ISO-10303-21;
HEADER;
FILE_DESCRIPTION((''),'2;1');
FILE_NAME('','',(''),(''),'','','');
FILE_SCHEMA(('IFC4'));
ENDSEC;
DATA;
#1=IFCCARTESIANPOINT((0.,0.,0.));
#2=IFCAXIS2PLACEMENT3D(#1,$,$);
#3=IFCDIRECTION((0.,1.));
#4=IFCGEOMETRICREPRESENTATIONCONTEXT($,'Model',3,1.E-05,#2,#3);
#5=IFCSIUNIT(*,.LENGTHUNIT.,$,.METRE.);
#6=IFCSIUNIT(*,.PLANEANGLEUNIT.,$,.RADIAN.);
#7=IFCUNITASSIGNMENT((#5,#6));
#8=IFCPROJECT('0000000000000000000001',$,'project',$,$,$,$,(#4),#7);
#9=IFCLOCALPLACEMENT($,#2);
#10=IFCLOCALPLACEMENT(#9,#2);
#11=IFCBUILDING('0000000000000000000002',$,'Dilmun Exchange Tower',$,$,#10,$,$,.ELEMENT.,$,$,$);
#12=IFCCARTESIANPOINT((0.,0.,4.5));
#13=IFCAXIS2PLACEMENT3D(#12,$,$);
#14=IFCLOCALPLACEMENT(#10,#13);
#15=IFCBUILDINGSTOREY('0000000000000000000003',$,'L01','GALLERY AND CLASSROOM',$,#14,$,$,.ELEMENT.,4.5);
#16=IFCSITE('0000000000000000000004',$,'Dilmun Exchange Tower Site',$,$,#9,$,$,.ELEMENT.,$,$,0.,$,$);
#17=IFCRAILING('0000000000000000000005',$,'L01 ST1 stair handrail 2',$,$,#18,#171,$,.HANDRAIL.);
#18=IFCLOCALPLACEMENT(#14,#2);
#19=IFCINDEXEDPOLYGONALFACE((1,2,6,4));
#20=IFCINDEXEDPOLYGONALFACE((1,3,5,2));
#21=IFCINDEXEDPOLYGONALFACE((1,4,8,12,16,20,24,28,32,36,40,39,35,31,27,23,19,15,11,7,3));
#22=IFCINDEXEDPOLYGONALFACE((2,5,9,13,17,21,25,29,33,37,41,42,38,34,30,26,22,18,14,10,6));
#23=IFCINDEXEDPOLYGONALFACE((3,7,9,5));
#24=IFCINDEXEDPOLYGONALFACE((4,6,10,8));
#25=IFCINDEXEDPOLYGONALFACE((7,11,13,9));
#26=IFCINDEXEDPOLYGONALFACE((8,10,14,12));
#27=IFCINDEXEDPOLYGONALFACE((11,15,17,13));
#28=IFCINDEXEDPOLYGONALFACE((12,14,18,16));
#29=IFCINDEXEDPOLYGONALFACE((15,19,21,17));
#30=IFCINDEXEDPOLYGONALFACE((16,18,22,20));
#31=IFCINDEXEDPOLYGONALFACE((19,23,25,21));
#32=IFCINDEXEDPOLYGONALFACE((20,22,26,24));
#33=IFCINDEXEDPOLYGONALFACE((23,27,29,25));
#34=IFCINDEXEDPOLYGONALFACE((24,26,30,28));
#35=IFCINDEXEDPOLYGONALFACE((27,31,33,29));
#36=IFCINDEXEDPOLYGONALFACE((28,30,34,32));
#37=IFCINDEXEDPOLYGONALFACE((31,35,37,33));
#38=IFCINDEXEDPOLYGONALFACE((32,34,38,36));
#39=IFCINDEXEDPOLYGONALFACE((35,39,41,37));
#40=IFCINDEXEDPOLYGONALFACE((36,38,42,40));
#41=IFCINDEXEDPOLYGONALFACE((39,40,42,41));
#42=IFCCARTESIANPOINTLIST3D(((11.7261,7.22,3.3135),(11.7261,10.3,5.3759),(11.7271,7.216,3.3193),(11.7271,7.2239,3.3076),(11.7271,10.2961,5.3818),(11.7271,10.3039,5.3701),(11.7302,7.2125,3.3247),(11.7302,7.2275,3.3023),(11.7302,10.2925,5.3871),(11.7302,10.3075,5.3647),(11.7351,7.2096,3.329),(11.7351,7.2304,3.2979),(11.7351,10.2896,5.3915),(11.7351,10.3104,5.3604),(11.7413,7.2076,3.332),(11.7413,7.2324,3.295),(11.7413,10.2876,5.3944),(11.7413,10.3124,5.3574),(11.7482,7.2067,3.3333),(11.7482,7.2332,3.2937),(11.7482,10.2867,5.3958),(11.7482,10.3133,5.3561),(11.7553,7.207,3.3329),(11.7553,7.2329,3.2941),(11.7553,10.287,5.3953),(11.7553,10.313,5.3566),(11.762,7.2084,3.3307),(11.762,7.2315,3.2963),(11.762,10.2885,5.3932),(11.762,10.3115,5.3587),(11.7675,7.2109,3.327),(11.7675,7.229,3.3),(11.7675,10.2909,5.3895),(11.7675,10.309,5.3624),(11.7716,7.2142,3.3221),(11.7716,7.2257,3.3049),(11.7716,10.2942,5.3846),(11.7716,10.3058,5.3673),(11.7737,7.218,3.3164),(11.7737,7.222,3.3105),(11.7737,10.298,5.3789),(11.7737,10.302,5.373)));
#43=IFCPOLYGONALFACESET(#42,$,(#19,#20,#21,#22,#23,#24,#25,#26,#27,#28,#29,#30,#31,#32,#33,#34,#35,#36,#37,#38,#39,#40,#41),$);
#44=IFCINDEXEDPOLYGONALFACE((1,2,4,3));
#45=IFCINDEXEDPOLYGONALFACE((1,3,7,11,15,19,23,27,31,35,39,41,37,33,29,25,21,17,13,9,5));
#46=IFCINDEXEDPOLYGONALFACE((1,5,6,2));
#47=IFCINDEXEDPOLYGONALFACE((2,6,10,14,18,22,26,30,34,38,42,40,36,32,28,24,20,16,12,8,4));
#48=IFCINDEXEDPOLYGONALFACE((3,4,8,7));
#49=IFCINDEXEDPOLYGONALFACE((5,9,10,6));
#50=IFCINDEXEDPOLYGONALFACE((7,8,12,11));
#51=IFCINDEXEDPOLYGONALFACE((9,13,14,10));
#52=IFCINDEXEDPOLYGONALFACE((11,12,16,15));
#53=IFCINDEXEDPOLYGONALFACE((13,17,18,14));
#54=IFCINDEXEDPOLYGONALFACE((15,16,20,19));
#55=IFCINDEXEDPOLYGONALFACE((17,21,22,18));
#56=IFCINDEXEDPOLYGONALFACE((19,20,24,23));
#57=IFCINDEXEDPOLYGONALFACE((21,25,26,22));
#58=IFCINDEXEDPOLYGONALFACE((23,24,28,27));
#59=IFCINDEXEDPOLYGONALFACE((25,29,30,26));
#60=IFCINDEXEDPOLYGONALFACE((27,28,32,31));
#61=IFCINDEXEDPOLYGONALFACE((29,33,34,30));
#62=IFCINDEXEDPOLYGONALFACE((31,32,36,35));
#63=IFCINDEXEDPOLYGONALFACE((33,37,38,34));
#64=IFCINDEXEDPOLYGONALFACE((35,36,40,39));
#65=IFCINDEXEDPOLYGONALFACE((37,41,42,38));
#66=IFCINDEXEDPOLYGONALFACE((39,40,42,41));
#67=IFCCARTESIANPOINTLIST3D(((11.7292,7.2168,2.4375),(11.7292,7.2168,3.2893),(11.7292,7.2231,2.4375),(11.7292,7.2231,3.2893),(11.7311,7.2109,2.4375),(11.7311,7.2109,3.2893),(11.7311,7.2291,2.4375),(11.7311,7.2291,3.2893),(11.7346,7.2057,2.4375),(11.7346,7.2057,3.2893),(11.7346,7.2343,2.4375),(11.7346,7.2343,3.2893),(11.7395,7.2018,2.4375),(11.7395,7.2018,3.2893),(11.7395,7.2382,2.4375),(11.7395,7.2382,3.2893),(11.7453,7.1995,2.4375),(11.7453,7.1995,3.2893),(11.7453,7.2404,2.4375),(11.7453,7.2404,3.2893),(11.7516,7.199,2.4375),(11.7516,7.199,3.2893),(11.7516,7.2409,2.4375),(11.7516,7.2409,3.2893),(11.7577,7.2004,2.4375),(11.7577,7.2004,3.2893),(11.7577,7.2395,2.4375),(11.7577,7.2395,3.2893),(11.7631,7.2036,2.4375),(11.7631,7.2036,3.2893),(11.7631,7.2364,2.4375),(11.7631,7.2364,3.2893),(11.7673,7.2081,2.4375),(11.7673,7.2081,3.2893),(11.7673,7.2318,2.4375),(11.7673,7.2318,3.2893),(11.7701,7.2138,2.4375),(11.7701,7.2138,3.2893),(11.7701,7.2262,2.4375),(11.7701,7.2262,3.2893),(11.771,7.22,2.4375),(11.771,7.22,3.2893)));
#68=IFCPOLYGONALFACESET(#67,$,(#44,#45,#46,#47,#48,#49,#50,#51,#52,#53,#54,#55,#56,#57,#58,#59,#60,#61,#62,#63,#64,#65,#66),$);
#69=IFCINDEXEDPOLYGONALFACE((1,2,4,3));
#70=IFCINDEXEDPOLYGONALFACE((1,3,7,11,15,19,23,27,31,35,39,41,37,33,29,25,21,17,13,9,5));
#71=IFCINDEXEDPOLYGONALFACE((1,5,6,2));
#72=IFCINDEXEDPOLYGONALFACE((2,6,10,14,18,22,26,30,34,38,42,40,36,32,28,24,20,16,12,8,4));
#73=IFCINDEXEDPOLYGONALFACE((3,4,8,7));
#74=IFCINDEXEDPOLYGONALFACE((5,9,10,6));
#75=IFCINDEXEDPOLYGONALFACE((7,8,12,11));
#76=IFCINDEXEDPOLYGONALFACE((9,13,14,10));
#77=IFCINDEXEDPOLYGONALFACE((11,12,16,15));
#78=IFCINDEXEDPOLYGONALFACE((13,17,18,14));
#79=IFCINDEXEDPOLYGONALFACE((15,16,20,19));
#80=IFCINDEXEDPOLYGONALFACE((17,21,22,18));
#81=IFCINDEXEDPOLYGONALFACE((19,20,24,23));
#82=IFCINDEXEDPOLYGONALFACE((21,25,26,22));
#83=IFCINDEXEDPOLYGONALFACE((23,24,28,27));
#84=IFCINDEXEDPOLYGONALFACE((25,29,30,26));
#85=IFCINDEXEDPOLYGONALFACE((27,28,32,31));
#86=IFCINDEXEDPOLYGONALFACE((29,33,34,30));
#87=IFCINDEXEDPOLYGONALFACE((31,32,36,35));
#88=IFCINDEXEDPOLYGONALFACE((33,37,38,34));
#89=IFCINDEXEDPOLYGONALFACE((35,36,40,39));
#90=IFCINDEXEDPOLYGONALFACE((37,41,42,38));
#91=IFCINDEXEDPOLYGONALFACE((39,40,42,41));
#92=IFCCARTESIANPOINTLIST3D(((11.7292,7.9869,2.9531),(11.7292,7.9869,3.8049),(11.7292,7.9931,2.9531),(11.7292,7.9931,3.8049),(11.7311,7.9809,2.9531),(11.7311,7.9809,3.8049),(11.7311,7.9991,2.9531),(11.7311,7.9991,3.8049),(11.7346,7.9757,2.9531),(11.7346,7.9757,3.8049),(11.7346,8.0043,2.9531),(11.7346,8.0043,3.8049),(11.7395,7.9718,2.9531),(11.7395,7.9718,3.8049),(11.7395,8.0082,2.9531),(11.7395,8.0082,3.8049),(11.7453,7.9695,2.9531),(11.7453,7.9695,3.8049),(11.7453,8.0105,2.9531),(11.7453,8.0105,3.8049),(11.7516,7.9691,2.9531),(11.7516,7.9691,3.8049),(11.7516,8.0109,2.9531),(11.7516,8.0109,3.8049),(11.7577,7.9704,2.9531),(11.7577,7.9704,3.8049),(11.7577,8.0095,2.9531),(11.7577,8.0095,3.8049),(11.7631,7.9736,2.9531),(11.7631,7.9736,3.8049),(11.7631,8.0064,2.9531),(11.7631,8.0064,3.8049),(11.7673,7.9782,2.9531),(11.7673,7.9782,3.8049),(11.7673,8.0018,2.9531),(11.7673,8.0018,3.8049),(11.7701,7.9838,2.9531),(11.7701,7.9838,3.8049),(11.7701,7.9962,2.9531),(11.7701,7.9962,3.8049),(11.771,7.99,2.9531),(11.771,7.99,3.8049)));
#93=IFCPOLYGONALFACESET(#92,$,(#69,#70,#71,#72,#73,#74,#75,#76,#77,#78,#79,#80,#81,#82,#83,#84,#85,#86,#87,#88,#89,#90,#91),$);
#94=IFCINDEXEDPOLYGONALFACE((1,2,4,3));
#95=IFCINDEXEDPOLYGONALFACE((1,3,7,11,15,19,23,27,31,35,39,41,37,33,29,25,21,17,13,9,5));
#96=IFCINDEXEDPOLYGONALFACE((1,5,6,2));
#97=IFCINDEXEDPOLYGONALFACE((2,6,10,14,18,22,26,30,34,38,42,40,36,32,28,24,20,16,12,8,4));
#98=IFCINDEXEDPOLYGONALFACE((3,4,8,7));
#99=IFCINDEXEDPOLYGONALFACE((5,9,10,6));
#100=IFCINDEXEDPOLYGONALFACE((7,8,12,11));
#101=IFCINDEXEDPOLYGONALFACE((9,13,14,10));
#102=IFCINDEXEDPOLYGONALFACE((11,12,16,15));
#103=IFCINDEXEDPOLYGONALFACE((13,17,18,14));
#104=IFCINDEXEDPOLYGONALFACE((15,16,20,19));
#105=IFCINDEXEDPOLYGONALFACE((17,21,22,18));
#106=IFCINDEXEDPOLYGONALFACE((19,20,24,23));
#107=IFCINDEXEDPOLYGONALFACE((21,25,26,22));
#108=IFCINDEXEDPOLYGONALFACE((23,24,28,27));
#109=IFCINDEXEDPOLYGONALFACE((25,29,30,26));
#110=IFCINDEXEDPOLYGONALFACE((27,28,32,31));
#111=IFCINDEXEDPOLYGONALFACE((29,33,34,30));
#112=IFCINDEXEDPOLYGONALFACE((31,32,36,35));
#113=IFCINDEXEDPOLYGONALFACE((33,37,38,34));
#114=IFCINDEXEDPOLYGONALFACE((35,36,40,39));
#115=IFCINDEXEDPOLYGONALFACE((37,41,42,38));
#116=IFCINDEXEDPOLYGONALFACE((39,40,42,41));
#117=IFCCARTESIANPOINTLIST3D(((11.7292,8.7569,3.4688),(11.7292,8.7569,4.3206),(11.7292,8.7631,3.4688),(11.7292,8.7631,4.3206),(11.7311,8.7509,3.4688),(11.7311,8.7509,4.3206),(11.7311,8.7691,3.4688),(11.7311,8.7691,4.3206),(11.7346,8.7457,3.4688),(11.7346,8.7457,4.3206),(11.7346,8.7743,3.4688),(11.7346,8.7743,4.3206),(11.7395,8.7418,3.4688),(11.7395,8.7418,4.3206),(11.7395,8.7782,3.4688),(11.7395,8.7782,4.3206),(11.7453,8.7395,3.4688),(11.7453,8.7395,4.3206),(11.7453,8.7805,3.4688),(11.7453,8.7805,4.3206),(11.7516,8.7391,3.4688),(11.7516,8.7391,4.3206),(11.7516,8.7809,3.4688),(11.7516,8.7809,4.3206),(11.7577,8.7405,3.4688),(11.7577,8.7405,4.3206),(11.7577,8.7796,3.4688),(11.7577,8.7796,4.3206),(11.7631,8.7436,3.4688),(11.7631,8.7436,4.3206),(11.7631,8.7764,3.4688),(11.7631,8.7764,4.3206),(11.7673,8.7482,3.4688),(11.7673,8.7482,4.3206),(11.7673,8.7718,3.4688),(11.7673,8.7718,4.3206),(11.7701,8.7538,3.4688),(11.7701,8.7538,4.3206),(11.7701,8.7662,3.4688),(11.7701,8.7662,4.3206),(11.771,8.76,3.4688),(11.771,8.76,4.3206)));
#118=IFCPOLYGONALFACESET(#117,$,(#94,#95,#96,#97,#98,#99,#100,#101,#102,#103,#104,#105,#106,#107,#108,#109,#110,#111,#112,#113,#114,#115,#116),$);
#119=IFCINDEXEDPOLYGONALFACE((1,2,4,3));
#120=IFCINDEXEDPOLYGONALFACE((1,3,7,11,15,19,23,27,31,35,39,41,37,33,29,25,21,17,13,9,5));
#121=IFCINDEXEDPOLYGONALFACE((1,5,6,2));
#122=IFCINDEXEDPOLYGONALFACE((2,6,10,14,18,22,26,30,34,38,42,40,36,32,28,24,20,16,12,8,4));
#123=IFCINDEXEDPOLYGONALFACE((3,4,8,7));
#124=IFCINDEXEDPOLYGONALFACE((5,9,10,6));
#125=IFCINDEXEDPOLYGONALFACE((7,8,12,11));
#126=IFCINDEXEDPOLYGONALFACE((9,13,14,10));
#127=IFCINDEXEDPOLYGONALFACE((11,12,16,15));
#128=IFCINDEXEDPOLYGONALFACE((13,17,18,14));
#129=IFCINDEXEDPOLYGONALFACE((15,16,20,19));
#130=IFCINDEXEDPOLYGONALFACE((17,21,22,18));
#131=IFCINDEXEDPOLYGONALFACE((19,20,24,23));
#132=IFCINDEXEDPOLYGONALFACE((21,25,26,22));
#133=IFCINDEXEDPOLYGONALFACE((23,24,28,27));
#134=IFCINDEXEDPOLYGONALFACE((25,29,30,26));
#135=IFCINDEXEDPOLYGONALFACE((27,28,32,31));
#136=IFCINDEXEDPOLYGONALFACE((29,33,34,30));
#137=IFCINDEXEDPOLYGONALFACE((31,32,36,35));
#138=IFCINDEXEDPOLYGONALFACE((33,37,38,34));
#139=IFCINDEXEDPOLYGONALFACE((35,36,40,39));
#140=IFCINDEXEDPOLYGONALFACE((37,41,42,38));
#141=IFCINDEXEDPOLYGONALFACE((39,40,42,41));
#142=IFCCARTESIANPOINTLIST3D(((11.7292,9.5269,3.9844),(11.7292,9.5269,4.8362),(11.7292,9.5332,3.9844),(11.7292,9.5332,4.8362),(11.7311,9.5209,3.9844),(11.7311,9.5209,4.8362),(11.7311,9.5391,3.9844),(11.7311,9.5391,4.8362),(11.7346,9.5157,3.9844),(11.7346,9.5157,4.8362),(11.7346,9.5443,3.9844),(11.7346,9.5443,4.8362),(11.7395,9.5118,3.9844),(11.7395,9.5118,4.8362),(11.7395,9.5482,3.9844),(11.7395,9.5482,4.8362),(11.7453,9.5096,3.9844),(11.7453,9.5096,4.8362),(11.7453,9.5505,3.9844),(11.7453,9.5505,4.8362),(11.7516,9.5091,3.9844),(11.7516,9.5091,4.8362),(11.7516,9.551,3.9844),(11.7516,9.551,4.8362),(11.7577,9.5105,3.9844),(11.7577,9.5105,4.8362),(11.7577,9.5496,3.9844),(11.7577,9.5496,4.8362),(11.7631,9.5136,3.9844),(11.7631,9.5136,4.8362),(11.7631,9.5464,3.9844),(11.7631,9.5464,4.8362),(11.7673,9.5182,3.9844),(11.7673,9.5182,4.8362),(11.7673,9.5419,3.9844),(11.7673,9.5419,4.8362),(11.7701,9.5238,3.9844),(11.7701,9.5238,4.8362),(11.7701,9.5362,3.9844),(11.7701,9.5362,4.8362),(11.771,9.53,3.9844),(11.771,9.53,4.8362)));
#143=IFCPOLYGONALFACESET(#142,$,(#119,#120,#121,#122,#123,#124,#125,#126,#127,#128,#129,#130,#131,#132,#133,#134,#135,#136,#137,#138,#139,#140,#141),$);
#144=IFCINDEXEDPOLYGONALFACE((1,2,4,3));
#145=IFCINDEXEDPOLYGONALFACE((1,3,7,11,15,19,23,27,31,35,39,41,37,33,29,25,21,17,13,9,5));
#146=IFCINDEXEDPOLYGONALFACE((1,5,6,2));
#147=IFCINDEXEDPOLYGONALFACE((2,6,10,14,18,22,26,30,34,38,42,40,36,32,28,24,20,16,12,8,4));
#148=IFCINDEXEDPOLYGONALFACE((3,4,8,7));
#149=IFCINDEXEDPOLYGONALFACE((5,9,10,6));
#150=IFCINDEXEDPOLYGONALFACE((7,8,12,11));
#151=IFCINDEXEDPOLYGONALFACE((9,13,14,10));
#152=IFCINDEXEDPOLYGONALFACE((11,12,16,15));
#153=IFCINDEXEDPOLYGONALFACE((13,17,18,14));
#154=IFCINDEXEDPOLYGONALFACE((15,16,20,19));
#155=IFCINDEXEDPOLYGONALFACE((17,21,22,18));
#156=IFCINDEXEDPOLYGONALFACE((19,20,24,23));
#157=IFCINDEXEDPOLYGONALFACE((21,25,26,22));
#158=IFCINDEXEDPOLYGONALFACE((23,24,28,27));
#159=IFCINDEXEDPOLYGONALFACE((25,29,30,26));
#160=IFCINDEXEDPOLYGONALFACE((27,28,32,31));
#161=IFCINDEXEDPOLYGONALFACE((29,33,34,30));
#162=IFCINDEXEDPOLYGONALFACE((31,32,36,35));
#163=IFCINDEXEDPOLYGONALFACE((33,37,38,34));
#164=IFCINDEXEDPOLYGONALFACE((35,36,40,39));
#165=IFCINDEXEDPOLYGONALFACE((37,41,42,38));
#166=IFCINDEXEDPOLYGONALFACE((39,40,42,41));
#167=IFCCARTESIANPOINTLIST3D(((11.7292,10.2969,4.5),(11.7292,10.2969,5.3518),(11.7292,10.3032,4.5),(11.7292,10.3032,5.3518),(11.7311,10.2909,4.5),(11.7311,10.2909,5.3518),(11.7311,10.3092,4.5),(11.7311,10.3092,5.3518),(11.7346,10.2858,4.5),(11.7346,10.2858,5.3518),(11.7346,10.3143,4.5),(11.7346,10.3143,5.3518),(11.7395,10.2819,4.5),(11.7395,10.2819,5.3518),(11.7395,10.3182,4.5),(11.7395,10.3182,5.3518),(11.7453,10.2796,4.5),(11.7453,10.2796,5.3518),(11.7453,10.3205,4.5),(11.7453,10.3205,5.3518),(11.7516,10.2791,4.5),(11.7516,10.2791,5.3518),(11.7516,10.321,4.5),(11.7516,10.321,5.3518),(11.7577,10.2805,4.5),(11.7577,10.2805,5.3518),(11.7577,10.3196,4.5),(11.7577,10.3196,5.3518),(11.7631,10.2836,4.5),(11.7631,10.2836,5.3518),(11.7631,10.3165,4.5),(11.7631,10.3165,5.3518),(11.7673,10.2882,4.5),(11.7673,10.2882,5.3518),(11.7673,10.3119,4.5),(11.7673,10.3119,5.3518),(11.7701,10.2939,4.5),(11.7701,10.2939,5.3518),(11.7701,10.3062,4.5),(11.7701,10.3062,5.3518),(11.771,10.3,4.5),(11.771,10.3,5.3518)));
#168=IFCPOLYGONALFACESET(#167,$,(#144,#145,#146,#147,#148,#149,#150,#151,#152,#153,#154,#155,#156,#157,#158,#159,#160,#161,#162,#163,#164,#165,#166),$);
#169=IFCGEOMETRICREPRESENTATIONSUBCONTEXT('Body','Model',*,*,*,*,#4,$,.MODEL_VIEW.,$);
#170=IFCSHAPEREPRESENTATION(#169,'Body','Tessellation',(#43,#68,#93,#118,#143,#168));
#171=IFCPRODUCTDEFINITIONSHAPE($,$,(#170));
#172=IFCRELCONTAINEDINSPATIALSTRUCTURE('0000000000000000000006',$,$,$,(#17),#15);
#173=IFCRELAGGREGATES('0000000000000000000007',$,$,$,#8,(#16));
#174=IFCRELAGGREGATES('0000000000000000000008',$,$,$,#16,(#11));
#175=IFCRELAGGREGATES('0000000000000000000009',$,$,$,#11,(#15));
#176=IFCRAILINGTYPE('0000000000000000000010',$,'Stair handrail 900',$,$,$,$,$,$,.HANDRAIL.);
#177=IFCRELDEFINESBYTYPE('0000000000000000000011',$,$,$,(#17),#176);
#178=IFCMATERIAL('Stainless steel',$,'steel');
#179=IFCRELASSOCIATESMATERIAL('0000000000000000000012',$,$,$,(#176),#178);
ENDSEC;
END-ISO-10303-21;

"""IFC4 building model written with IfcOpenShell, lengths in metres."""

from ifc_helpers import new_model, si_unit, direction, frame, origin, origin_2d, place, context, subcontext, project, spatial, circle, extrude, material, type_object, element, save


model = new_model("IFC4")

# Units and contexts
model_context = context("Model", 3, precision=1e-05, world=origin(), true_north=direction((0.0, 1.0)))
body_context = subcontext(model_context, "Body", "Model", "MODEL_VIEW")
ifc_project = project(units=[si_unit("LENGTHUNIT", "METRE"), si_unit("PLANEANGLEUNIT", "RADIAN")], contexts=[model_context])

# Site, building, storey
site_placement = place(None, origin())
site = spatial("IfcSite", under=ifc_project, at=site_placement, Name="Dilmun Exchange Tower Site", CompositionType="ELEMENT", RefElevation=0.0)
building_placement = place(site_placement, origin())
building = spatial("IfcBuilding", under=site, at=building_placement, Name="Dilmun Exchange Tower", CompositionType="ELEMENT")
storey_placement = place(building_placement, frame((0.0, 0.0, 4.5)))
storey = spatial("IfcBuildingStorey", under=building, at=storey_placement, Name="L01", Description="GALLERY AND CLASSROOM", CompositionType="ELEMENT", Elevation=4.5)

# Railing
ifc_material_1 = material(Name="Stainless steel", Category="steel")
railing_type_1 = type_object("IfcRailingType", Name="Stair handrail 900", PredefinedType="HANDRAIL", material=ifc_material_1)
railing_1_placement = place(storey_placement, frame((11.75, 7.22, 2.4375)))
element("IfcRailing", 1, at=railing_1_placement, inside=storey, type_object=railing_type_1, Name="L01 ST1 stair handrail 2", PredefinedType="HANDRAIL", context=body_context, shape_type="SweptSolid", body=[
    extrude(circle(Radius=0.0239, at=origin_2d()), frame((0.0, 0.0, 0.876), z_axis=(0.0, 0.830914, 0.556401), x_axis=(-1.0, 0.0, 0.0)), (0.0, 0.0, 1.0), 3.7068),
    extrude(circle(Radius=0.021, at=origin_2d()), origin(), (0.0, 0.0, 1.0), 0.8518),
    extrude(circle(Radius=0.021, at=origin_2d()), frame((0.0, 0.77, 0.5156)), (0.0, 0.0, 1.0), 0.8518),
    extrude(circle(Radius=0.021, at=origin_2d()), frame((0.0, 1.54, 1.0312)), (0.0, 0.0, 1.0), 0.8518),
    extrude(circle(Radius=0.021, at=origin_2d()), frame((0.0, 2.3101, 1.5469)), (0.0, 0.0, 1.0), 0.8518),
    extrude(circle(Radius=0.021, at=origin_2d()), frame((0.0, 3.0801, 2.0625)), (0.0, 0.0, 1.0), 0.8518),
])

save(model, "model.ifc")
